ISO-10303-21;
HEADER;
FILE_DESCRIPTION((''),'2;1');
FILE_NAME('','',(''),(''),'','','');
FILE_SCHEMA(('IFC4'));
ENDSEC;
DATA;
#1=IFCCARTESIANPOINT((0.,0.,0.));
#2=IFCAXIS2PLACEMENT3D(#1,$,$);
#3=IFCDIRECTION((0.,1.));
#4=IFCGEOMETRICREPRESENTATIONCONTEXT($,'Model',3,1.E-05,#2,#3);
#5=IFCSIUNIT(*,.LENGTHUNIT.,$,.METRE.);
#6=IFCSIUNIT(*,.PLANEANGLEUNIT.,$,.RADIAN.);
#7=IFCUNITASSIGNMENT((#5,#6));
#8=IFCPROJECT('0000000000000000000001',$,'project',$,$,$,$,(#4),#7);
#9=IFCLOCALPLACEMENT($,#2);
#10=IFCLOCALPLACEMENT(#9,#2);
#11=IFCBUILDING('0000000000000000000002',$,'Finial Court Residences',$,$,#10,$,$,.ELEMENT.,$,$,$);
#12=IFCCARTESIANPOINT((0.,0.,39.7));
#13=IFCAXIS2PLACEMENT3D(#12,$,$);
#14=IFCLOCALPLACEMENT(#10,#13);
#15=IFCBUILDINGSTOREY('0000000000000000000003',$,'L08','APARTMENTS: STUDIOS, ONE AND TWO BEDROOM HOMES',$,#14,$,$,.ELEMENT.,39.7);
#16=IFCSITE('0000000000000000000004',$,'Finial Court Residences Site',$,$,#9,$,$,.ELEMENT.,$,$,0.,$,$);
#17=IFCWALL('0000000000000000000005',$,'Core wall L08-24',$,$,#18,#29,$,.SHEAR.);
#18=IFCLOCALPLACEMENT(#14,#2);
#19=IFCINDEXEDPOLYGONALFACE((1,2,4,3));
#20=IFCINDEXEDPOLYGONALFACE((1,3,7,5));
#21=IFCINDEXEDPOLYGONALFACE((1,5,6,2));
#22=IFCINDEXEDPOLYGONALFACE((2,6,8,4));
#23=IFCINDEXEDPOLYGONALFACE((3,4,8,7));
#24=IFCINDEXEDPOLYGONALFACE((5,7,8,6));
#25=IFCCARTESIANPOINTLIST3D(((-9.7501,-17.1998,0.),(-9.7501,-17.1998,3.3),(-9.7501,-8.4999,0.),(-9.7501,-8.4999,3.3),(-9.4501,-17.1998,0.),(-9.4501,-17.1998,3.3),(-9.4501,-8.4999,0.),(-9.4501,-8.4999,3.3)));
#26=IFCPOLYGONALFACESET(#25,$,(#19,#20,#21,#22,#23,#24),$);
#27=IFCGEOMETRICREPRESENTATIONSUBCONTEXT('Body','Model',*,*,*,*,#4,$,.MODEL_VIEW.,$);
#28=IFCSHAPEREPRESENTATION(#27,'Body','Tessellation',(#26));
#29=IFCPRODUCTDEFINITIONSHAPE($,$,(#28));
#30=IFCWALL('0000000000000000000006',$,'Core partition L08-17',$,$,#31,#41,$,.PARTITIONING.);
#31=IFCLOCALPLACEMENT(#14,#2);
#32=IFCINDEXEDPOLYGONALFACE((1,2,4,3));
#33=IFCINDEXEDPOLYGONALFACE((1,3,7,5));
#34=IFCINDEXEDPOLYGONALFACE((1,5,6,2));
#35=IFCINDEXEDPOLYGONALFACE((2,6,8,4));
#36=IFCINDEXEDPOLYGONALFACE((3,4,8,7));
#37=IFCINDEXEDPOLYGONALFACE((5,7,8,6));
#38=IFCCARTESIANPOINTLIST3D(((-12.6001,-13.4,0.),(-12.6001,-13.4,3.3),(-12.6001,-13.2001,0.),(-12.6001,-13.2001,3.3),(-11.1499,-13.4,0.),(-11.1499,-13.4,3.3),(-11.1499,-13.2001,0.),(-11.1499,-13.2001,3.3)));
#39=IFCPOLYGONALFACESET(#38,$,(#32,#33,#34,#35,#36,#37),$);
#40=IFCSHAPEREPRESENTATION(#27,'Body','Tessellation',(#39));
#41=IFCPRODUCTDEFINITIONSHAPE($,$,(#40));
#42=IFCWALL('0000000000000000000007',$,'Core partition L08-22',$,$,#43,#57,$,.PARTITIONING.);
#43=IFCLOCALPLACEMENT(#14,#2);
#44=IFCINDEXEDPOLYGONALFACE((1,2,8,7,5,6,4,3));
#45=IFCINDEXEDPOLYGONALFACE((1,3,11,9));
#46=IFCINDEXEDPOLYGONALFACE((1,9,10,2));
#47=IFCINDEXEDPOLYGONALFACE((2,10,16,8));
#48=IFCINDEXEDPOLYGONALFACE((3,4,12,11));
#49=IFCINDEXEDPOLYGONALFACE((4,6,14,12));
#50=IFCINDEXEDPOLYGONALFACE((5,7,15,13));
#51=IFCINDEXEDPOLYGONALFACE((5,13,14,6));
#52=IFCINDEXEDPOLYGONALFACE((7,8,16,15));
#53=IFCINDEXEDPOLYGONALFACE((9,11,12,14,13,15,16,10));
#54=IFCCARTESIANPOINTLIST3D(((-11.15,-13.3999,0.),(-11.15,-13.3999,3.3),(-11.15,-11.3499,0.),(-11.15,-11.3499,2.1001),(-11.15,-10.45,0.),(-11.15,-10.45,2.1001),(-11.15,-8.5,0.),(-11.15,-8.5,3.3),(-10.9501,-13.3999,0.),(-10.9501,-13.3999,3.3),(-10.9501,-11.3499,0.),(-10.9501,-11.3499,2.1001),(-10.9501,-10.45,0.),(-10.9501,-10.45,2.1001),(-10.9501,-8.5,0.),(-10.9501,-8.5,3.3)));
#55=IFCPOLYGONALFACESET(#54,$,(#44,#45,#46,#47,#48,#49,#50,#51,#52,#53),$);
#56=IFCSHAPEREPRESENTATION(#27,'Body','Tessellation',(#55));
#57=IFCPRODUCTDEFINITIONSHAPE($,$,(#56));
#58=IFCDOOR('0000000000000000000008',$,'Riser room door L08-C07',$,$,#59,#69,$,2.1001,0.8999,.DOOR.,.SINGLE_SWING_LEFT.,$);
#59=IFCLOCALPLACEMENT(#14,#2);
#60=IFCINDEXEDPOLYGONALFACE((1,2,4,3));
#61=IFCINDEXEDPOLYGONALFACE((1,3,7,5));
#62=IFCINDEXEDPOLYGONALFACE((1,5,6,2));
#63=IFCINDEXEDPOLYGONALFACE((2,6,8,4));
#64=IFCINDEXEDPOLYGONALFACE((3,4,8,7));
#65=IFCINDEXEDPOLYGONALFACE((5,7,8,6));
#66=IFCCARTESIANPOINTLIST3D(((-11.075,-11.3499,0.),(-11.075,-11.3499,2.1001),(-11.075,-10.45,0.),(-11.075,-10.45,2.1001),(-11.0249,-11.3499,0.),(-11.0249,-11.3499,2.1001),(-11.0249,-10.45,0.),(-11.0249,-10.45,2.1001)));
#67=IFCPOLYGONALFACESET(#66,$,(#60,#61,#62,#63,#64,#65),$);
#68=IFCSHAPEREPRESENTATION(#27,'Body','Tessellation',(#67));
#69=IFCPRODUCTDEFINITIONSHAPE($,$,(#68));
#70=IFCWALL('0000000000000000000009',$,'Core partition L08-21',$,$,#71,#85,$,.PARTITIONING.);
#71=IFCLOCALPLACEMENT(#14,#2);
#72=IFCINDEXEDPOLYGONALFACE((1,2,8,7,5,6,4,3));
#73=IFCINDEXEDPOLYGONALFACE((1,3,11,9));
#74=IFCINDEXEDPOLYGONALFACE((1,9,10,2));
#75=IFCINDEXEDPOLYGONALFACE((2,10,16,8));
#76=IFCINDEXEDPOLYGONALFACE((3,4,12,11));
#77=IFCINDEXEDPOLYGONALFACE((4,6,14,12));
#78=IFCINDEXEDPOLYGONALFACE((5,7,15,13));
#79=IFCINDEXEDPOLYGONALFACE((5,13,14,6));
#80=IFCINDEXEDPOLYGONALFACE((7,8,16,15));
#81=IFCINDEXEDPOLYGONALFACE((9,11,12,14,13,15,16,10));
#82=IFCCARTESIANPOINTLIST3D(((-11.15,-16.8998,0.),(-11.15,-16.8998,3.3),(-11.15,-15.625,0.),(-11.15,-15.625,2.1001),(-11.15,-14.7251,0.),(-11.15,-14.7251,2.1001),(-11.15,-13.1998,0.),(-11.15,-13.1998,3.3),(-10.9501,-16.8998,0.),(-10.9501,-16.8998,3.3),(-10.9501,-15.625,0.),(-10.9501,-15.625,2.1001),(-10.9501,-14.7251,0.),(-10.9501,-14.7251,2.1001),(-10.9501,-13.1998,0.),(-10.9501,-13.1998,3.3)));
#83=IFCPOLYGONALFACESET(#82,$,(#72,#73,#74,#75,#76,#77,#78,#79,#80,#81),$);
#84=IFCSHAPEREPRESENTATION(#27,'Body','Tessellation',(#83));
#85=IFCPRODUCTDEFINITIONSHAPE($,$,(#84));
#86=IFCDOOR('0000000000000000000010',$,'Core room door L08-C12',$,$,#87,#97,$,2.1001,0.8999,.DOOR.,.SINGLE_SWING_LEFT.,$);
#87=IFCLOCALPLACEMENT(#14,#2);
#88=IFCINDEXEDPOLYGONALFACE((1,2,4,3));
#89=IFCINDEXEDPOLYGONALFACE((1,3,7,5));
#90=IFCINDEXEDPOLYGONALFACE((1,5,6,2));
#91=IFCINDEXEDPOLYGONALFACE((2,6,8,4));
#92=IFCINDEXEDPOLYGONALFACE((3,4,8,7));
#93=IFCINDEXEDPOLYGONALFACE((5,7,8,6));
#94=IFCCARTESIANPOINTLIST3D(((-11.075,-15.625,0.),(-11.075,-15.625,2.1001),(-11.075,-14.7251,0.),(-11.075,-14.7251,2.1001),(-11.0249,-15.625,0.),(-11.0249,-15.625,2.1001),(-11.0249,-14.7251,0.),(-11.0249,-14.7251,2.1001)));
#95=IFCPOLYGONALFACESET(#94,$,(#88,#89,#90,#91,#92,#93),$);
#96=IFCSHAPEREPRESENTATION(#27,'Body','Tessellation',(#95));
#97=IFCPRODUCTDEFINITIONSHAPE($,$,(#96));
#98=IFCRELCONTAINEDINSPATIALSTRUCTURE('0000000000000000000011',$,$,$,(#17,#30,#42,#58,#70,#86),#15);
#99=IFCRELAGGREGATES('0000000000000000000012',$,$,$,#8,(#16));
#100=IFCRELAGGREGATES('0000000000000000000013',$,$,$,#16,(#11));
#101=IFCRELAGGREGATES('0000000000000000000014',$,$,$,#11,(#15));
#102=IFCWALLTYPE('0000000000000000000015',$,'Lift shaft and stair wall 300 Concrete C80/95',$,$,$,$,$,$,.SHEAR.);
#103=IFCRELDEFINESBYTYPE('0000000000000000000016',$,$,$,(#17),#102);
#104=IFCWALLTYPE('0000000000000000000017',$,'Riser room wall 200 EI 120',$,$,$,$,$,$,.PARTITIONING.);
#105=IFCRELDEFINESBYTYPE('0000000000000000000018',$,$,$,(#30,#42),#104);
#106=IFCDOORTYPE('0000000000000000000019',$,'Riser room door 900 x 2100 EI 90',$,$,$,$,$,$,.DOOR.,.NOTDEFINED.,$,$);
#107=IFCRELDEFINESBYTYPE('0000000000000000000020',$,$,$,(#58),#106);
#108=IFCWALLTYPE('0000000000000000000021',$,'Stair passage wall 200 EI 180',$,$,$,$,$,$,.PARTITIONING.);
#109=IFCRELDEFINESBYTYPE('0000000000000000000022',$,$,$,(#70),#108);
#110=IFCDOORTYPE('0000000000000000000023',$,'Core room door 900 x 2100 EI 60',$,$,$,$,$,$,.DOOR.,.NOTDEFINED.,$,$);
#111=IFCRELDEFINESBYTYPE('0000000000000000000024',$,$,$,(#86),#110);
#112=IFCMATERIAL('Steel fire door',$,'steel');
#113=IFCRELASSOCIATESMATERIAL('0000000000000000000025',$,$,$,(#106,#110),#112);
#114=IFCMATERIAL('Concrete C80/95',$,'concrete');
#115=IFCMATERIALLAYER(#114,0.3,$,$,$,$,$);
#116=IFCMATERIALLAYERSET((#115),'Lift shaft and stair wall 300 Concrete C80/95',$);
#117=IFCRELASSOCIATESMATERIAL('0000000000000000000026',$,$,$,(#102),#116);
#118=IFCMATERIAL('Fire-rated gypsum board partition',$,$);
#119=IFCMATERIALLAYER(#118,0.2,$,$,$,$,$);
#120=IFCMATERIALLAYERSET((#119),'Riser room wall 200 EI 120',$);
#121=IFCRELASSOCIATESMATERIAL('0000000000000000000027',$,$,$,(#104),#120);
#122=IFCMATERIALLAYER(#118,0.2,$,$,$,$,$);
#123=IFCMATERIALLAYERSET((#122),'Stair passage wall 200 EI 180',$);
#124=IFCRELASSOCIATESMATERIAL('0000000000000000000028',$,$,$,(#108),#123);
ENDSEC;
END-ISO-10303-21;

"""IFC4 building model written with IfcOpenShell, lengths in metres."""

from ifc_helpers import new_model, si_unit, direction, frame, frame_2d, origin, place, context, subcontext, project, spatial, rectangle, extrude, material, layer, layer_set, type_object, element, fill, save


model = new_model("IFC4")

# Units and contexts
model_context = context("Model", 3, precision=1e-05, world=origin(), true_north=direction((0.0, 1.0)))
body_context = subcontext(model_context, "Body", "Model", "MODEL_VIEW")
ifc_project = project(units=[si_unit("LENGTHUNIT", "METRE"), si_unit("PLANEANGLEUNIT", "RADIAN")], contexts=[model_context])

# Site, building, storey
site_placement = place(None, origin())
site = spatial("IfcSite", under=ifc_project, at=site_placement, Name="Finial Court Residences Site", CompositionType="ELEMENT", RefElevation=0.0)
building_placement = place(site_placement, origin())
building = spatial("IfcBuilding", under=site, at=building_placement, Name="Finial Court Residences", CompositionType="ELEMENT")
storey_placement = place(building_placement, frame((0.0, 0.0, 39.7)))
storey = spatial("IfcBuildingStorey", under=building, at=storey_placement, Name="L08", Description="APARTMENTS: STUDIOS, ONE AND TWO BEDROOM HOMES", CompositionType="ELEMENT", Elevation=39.7)

# Shared definitions
ifc_material_1 = material(Name="Concrete C80/95", Category="concrete")

# Shared definitions
ifc_material_2 = material(Name="Steel fire door", Category="steel")
door_type_1 = type_object("IfcDoorType", Name="Riser room door 900 x 2100 EI 90", OperationType="NOTDEFINED", PredefinedType="DOOR", material=ifc_material_2)

# Walls
ifc_layer_1 = layer(ifc_material_1, 0.3)
ifc_layer_set_1 = layer_set([ifc_layer_1], Name="Lift shaft and stair wall 300 Concrete C80/95")
wall_type_1 = type_object("IfcWallType", Name="Lift shaft and stair wall 300 Concrete C80/95", PredefinedType="SHEAR", material=ifc_layer_set_1)
wall_1_placement = place(storey_placement, frame((-9.6001, -17.2, 0.0), z_axis=(0.0, 0.0, 1.0), x_axis=(0.0, 1.0, 0.0)))
element("IfcWall", 1, at=wall_1_placement, inside=storey, type_object=wall_type_1, Name="Core wall L08-24", PredefinedType="SHEAR", context=body_context, shape_type="SweptSolid", body=[
    extrude(rectangle(XDim=8.7, YDim=0.3, at=frame_2d((4.3501, 0.0))), origin(), (0.0, 0.0, 1.0), 3.3),
])
ifc_material_3 = material(Name="Fire-rated gypsum board partition")
ifc_layer_2 = layer(ifc_material_3, 0.2)
ifc_layer_set_2 = layer_set([ifc_layer_2], Name="Riser room wall 200 EI 120")
wall_type_2 = type_object("IfcWallType", Name="Riser room wall 200 EI 120", PredefinedType="PARTITIONING", material=ifc_layer_set_2)
wall_2_placement = place(storey_placement, frame((-12.6001, -13.3, 0.0), z_axis=(0.0, 0.0, 1.0), x_axis=(1.0, 0.0, 0.0)))
element("IfcWall", 2, at=wall_2_placement, inside=storey, type_object=wall_type_2, Name="Core partition L08-17", PredefinedType="PARTITIONING", context=body_context, shape_type="SweptSolid", body=[
    extrude(rectangle(XDim=1.4502, YDim=0.2, at=frame_2d((0.7251, 0.0))), origin(), (0.0, 0.0, 1.0), 3.3),
])

# Walls, openings, doors
wall_3_placement = place(storey_placement, frame((-11.05, -13.3999, 0.0), z_axis=(0.0, 0.0, 1.0), x_axis=(0.0, 1.0, 0.0)))
wall_3 = element("IfcWall", 3, at=wall_3_placement, inside=storey, type_object=wall_type_2, Name="Core partition L08-22", PredefinedType="PARTITIONING", context=body_context, shape_type="SweptSolid", body=[
    extrude(rectangle(XDim=4.8999, YDim=0.2, at=frame_2d((2.45, 0.0))), origin(), (0.0, 0.0, 1.0), 3.3),
])
opening_1_placement = place(wall_3_placement, frame((2.05, 0.0, 0.0)))
opening_1 = element("IfcOpeningElement", 4, at=opening_1_placement, cuts=wall_3, PredefinedType="OPENING", context=body_context, shape_type="SweptSolid", body=[
    extrude(rectangle(XDim=0.8999, YDim=2.1001, at=frame_2d((0.45, 1.05))), frame((0.0, 0.1099, 0.0), z_axis=(0.0, -1.0, 0.0), x_axis=(1.0, 0.0, 0.0)), (0.0, 0.0, 1.0), 0.22),
])
door_1_placement = place(opening_1_placement, origin())
door_1 = element("IfcDoor", 5, at=door_1_placement, inside=storey, type_object=door_type_1, Name="Riser room door L08-C07", OperationType="SINGLE_SWING_LEFT", OverallHeight=2.1001, OverallWidth=0.8999, PredefinedType="DOOR", context=body_context, shape_type="SweptSolid", body=[
    extrude(rectangle(XDim=0.8999, YDim=2.1001, at=frame_2d((0.45, 1.05))), frame((0.0, 0.0249, 0.0), z_axis=(0.0, -1.0, 0.0), x_axis=(1.0, 0.0, 0.0)), (0.0, 0.0, 1.0), 0.05),
])
fill(opening_1, door_1)
ifc_layer_3 = layer(ifc_material_3, 0.2)
ifc_layer_set_3 = layer_set([ifc_layer_3], Name="Stair passage wall 200 EI 180")
wall_type_3 = type_object("IfcWallType", Name="Stair passage wall 200 EI 180", PredefinedType="PARTITIONING", material=ifc_layer_set_3)
wall_4_placement = place(storey_placement, frame((-11.05, -16.8999, 0.0), z_axis=(0.0, 0.0, 1.0), x_axis=(0.0, 1.0, 0.0)))
wall_4 = element("IfcWall", 6, at=wall_4_placement, inside=storey, type_object=wall_type_3, Name="Core partition L08-21", PredefinedType="PARTITIONING", context=body_context, shape_type="SweptSolid", body=[
    extrude(rectangle(XDim=3.7, YDim=0.2, at=frame_2d((1.8501, 0.0))), origin(), (0.0, 0.0, 1.0), 3.3),
])
opening_2_placement = place(wall_4_placement, frame((1.2749, 0.0, 0.0)))
opening_2 = element("IfcOpeningElement", 7, at=opening_2_placement, cuts=wall_4, PredefinedType="OPENING", context=body_context, shape_type="SweptSolid", body=[
    extrude(rectangle(XDim=0.8999, YDim=2.1001, at=frame_2d((0.45, 1.05))), frame((0.0, 0.1099, 0.0), z_axis=(0.0, -1.0, 0.0), x_axis=(1.0, 0.0, 0.0)), (0.0, 0.0, 1.0), 0.22),
])
door_type_2 = type_object("IfcDoorType", Name="Core room door 900 x 2100 EI 60", OperationType="NOTDEFINED", PredefinedType="DOOR", material=ifc_material_2)
door_2_placement = place(opening_2_placement, origin())
door_2 = element("IfcDoor", 8, at=door_2_placement, inside=storey, type_object=door_type_2, Name="Core room door L08-C12", OperationType="SINGLE_SWING_LEFT", OverallHeight=2.1001, OverallWidth=0.8999, PredefinedType="DOOR", context=body_context, shape_type="SweptSolid", body=[
    extrude(rectangle(XDim=0.8999, YDim=2.1001, at=frame_2d((0.45, 1.05))), frame((0.0, 0.0249, 0.0), z_axis=(0.0, -1.0, 0.0), x_axis=(1.0, 0.0, 0.0)), (0.0, 0.0, 1.0), 0.05),
])
fill(opening_2, door_2)

save(model, "model.ifc")
